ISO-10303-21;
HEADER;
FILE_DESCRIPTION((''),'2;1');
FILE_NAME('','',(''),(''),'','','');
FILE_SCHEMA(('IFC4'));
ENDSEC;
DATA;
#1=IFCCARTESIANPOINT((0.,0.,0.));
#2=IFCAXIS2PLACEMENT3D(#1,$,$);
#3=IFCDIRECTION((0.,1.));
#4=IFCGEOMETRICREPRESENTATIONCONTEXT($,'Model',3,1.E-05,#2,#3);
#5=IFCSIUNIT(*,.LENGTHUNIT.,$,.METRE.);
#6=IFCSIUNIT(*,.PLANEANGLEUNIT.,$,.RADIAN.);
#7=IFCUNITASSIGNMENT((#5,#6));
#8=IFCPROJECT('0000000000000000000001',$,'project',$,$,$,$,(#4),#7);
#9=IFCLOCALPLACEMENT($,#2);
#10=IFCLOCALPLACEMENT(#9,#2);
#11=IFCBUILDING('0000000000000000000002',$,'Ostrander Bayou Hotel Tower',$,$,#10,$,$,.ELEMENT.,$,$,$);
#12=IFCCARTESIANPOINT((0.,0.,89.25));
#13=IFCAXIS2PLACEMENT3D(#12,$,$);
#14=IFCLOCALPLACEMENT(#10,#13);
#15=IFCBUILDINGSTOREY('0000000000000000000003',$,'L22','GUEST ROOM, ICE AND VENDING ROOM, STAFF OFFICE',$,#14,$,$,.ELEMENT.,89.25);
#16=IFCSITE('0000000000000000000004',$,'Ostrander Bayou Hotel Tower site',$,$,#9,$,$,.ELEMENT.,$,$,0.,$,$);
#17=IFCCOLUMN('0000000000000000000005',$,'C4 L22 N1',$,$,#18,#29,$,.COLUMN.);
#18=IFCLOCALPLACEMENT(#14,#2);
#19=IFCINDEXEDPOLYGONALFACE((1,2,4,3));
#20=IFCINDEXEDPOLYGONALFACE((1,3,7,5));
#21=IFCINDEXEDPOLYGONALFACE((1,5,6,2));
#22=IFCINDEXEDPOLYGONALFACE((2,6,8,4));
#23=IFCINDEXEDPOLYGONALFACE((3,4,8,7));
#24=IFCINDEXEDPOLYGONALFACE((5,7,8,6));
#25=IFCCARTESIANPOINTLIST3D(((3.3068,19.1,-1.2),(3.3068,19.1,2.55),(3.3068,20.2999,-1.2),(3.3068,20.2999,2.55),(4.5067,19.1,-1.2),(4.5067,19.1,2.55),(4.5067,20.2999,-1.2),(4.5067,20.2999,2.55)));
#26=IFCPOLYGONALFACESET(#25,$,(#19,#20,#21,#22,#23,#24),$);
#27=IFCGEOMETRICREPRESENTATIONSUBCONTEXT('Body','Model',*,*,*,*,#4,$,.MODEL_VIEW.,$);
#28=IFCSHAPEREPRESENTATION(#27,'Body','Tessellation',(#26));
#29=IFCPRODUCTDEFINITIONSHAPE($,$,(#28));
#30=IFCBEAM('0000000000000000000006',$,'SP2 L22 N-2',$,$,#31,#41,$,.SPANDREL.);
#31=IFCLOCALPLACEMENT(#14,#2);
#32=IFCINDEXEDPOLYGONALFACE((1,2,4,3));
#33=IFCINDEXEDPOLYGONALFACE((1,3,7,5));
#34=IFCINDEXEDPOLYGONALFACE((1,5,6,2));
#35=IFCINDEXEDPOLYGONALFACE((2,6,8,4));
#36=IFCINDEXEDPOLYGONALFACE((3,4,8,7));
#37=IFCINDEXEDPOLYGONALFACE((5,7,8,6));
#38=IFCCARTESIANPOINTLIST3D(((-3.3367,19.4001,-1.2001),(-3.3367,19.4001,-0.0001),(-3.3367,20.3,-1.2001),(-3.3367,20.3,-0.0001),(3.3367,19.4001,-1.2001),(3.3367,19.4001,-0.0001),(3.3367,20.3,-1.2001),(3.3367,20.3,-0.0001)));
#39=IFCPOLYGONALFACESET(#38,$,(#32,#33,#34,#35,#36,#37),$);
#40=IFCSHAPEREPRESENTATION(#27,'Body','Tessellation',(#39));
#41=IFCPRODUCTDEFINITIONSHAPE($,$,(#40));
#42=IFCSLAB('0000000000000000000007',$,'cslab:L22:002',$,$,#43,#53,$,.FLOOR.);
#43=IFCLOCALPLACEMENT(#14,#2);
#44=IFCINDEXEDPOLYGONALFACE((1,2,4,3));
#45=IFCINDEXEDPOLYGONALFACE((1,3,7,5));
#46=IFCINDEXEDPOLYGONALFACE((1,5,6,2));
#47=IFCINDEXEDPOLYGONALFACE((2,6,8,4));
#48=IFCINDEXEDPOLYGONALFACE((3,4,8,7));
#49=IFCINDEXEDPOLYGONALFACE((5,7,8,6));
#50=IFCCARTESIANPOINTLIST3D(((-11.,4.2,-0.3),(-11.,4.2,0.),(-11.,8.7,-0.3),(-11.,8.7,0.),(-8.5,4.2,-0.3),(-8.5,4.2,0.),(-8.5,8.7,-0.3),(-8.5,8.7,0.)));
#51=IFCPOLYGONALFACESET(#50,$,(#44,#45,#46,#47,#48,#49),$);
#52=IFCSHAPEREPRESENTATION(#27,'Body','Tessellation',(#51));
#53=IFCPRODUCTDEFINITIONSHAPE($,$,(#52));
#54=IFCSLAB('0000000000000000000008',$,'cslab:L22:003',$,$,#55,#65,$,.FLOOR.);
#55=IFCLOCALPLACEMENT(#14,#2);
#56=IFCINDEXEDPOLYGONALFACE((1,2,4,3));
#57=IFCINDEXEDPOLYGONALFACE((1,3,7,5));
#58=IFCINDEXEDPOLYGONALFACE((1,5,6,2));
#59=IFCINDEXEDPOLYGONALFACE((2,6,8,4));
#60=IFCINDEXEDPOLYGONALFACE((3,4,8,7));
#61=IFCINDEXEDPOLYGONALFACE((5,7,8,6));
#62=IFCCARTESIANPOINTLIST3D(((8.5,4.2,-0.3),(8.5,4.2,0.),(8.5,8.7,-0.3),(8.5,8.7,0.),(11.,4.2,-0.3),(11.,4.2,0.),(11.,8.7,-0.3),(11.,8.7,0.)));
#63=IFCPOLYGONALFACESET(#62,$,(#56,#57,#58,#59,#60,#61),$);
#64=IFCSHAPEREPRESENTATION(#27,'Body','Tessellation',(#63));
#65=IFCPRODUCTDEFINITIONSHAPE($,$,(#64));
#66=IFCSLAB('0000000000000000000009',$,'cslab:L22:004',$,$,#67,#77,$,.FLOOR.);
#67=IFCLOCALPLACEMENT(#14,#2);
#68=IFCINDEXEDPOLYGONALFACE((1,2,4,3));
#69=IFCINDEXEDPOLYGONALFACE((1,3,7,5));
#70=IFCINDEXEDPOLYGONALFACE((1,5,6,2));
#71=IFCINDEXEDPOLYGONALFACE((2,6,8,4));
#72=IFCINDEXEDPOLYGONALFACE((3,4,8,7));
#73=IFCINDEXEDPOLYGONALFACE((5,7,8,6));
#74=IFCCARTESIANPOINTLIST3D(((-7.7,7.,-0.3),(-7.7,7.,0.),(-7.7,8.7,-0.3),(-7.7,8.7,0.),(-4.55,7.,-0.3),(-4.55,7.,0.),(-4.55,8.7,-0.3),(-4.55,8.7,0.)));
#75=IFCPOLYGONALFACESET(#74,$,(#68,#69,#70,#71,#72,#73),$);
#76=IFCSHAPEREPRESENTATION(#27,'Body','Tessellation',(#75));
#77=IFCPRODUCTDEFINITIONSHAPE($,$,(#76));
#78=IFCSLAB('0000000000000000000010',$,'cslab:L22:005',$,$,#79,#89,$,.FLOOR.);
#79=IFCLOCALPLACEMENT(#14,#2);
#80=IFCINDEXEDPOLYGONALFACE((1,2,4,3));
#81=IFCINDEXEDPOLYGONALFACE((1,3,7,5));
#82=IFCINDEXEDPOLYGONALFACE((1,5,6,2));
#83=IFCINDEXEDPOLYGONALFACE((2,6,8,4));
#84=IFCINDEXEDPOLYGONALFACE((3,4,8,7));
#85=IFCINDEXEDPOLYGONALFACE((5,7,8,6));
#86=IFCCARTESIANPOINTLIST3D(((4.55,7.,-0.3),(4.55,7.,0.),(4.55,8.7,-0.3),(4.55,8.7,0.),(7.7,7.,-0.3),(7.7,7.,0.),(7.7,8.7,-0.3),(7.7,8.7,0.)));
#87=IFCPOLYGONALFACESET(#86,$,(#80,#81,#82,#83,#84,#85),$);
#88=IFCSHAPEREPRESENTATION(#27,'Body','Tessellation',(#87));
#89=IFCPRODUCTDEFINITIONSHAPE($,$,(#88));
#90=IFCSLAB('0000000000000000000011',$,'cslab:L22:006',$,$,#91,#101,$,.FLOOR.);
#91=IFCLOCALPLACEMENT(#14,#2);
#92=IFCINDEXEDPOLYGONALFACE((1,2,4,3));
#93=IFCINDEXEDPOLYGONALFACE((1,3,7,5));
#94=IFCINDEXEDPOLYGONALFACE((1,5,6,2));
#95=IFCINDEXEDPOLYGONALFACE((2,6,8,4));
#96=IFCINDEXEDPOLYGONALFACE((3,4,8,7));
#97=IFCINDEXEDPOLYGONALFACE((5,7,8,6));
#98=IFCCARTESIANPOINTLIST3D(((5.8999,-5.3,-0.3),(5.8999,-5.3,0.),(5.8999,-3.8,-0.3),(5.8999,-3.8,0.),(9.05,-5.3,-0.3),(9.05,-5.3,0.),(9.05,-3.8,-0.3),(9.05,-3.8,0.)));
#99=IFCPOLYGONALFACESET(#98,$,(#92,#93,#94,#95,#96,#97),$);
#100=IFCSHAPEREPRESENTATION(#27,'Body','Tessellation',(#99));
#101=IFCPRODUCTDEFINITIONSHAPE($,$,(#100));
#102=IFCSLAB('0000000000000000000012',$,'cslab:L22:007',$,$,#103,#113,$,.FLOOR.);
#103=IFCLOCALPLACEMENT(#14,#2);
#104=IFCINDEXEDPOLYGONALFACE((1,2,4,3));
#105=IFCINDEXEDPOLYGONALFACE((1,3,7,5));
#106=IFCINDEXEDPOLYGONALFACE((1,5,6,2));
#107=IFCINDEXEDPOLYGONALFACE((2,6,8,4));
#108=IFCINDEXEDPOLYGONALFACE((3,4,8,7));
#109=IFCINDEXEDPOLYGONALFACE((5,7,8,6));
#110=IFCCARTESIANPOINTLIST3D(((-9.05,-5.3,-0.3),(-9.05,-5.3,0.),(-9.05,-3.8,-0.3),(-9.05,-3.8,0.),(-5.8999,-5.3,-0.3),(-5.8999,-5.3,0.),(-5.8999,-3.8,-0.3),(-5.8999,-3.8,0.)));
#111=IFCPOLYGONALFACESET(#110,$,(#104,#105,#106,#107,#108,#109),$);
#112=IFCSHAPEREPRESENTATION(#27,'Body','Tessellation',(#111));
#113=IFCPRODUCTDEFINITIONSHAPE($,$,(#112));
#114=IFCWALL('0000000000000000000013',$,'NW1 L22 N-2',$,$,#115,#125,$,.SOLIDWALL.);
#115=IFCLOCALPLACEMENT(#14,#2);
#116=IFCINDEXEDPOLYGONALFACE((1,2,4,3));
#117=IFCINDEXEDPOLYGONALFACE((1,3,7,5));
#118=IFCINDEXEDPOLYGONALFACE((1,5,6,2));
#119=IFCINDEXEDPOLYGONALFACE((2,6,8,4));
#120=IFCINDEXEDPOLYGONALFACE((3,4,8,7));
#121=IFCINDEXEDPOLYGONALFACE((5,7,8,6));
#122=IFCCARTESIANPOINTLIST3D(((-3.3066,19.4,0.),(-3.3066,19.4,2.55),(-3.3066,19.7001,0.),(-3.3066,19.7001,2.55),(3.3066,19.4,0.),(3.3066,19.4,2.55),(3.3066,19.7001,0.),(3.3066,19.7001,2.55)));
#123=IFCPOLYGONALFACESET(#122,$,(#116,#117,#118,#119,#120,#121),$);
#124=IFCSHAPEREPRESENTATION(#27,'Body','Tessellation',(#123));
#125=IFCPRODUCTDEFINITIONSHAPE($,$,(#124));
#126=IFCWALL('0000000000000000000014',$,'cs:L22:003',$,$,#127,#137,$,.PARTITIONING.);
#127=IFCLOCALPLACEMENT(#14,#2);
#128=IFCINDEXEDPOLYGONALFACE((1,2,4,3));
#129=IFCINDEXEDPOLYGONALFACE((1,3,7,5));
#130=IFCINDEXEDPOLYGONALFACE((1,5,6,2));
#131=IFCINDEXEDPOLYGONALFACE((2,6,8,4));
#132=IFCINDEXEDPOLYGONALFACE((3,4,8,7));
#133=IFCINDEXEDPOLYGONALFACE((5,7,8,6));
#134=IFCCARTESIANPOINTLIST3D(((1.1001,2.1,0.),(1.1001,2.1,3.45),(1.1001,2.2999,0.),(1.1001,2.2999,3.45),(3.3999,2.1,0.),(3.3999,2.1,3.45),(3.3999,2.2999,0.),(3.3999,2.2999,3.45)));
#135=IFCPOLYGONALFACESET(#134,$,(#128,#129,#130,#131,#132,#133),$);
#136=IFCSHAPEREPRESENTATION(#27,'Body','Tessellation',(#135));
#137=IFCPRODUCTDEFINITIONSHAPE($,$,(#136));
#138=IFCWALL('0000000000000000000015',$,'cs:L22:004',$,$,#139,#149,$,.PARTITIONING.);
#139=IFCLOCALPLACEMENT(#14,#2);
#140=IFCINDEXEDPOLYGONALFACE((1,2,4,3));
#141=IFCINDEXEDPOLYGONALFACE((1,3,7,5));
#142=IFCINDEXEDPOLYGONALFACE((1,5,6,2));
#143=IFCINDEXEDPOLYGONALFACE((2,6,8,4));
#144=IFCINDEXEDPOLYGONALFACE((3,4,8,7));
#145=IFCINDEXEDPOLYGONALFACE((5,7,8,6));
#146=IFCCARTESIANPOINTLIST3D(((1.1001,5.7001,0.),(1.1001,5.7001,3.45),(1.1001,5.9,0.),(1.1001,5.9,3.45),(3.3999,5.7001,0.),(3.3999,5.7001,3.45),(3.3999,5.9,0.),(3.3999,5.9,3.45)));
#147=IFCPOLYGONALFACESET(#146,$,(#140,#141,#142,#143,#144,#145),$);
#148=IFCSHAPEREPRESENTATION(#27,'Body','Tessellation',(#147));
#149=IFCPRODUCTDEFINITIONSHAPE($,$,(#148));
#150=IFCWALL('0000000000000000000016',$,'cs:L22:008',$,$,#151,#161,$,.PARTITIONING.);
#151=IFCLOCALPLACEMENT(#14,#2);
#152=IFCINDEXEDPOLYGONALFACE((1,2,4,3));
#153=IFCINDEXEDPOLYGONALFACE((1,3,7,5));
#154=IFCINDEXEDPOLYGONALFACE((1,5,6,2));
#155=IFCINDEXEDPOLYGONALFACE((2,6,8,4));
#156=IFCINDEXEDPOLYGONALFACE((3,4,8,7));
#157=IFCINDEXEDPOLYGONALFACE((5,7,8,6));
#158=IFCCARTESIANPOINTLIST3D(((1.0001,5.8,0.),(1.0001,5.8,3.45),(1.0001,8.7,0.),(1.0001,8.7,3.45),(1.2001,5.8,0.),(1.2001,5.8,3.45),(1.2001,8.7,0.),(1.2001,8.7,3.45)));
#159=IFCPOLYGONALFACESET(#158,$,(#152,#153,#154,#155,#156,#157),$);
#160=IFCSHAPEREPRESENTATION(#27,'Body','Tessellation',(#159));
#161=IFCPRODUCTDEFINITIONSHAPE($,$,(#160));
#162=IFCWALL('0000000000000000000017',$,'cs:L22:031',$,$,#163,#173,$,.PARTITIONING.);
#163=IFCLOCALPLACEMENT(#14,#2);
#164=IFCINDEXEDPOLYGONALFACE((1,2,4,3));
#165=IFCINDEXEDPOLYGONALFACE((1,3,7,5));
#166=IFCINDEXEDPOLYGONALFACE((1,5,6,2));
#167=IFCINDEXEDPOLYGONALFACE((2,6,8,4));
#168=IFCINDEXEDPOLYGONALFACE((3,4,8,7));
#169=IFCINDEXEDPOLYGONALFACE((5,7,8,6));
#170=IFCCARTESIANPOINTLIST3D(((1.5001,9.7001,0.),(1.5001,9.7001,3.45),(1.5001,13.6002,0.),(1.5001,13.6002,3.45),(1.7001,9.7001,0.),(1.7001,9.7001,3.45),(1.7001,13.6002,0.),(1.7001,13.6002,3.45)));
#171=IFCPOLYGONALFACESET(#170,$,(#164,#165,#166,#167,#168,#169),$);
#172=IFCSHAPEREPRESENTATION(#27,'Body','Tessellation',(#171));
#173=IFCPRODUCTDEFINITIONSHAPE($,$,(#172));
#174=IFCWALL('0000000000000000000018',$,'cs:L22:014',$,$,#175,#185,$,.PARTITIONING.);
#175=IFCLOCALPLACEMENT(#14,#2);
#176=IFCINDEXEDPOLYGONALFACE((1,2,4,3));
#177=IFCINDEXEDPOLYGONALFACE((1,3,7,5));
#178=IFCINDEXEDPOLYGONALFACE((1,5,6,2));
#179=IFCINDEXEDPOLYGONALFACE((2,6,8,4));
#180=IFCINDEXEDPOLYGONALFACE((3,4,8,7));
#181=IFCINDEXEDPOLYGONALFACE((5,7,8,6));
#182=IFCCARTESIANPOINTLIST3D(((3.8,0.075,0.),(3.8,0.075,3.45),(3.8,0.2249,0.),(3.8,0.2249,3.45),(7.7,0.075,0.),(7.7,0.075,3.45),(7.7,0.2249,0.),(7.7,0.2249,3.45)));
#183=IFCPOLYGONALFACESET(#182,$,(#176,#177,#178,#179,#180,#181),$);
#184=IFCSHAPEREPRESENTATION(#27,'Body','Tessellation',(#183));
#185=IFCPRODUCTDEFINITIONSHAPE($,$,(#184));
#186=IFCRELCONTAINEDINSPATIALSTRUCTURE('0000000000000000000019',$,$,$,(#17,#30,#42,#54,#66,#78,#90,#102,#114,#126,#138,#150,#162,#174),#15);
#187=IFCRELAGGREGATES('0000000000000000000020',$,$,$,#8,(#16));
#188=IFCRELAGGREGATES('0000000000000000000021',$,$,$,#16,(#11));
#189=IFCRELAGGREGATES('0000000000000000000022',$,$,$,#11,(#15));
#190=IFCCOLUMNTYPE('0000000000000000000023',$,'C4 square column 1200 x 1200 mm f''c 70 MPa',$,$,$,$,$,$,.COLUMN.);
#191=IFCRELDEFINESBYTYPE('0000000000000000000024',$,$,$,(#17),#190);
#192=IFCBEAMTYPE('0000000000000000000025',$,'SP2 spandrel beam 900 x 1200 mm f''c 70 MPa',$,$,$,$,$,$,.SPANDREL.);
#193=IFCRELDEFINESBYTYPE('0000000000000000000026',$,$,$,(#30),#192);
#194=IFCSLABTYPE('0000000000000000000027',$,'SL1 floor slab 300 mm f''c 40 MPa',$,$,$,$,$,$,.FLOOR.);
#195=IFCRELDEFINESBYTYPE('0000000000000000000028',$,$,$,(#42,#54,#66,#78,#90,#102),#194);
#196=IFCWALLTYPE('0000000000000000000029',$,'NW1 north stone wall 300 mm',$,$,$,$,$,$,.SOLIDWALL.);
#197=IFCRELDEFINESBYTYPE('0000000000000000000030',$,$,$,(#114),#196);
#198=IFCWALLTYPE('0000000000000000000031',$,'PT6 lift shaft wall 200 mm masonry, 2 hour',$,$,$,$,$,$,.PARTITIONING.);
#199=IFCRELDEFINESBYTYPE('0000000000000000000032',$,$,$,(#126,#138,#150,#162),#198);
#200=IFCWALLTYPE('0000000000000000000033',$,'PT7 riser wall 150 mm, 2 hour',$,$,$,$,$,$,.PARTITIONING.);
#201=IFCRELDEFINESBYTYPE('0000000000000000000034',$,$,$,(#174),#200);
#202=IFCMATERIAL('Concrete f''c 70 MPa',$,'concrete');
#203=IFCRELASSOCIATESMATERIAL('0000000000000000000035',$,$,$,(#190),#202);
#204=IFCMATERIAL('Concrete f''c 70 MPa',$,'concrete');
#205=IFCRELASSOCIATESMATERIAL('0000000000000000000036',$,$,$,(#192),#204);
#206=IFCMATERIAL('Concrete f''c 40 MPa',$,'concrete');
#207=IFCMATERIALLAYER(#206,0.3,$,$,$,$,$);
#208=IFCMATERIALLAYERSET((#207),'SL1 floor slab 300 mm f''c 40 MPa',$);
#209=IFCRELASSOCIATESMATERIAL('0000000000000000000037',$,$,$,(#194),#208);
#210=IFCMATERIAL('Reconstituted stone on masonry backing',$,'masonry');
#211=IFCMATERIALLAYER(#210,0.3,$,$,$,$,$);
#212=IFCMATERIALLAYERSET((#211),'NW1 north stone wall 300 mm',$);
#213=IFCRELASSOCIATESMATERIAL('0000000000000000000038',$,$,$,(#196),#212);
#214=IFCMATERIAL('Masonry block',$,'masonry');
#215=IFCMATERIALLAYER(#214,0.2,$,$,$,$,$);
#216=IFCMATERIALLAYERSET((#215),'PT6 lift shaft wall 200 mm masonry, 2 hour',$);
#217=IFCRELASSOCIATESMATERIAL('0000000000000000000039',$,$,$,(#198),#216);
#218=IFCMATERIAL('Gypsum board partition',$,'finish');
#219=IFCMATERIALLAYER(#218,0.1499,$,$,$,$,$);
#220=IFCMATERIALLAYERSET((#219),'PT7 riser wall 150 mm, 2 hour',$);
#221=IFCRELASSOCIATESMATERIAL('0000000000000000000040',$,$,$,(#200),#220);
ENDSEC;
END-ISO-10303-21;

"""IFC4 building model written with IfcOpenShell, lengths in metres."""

from ifc_helpers import new_model, si_unit, direction, frame, frame_2d, origin, origin_2d, place, context, subcontext, project, spatial, polyline, rectangle, outline, extrude, material, layer, layer_set, material_profile, profile_set, type_object, element, save


model = new_model("IFC4")

# Units and contexts
model_context = context("Model", 3, precision=1e-05, world=origin(), true_north=direction((0.0, 1.0)))
body_context = subcontext(model_context, "Body", "Model", "MODEL_VIEW")
ifc_project = project(units=[si_unit("LENGTHUNIT", "METRE"), si_unit("PLANEANGLEUNIT", "RADIAN")], contexts=[model_context])

# Site, building, storey
site_placement = place(None, origin())
site = spatial("IfcSite", under=ifc_project, at=site_placement, Name="Ostrander Bayou Hotel Tower site", CompositionType="ELEMENT", RefElevation=0.0)
building_placement = place(site_placement, origin())
building = spatial("IfcBuilding", under=site, at=building_placement, Name="Ostrander Bayou Hotel Tower", CompositionType="ELEMENT")
storey_placement = place(building_placement, frame((0.0, 0.0, 89.25)))
storey = spatial("IfcBuildingStorey", under=building, at=storey_placement, Name="L22", Description="GUEST ROOM, ICE AND VENDING ROOM, STAFF OFFICE", CompositionType="ELEMENT", Elevation=89.25)

# Column
ifc_material_1 = material(Name="Concrete f'c 70 MPa", Category="concrete")
ifc_material_profile_1 = material_profile(ifc_material_1, rectangle(XDim=1.2, YDim=1.2, at=origin_2d()))
ifc_profile_set_1 = profile_set([ifc_material_profile_1], Name="Concrete f'c 70 MPa")
column_type = type_object("IfcColumnType", Name="C4 square column 1200 x 1200 mm f'c 70 MPa", PredefinedType="COLUMN", material=ifc_profile_set_1)
column_placement = place(storey_placement, frame((3.9067, 19.7, -1.2), z_axis=(0.0, 0.0, 1.0), x_axis=(1.0, 0.0, 0.0)))
element("IfcColumn", 1, at=column_placement, inside=storey, type_object=column_type, Name="C4 L22 N1", PredefinedType="COLUMN", context=body_context, shape_type="SweptSolid", body=[
    extrude(rectangle(XDim=1.2, YDim=1.2, at=origin_2d()), origin(), (0.0, 0.0, 1.0), 3.75),
])

# Beam
ifc_material_2 = material(Name="Concrete f'c 70 MPa", Category="concrete")
ifc_material_profile_2 = material_profile(ifc_material_2, rectangle(XDim=0.8999, YDim=1.2, at=origin_2d()))
ifc_profile_set_2 = profile_set([ifc_material_profile_2], Name="Concrete f'c 70 MPa")
beam_type = type_object("IfcBeamType", Name="SP2 spandrel beam 900 x 1200 mm f'c 70 MPa", PredefinedType="SPANDREL", material=ifc_profile_set_2)
beam_placement = place(storey_placement, frame((3.3367, 19.8501, -0.6001), z_axis=(-1.0, 0.0, 0.0), x_axis=(0.0, -1.0, 0.0)))
element("IfcBeam", 2, at=beam_placement, inside=storey, type_object=beam_type, Name="SP2 L22 N-2", PredefinedType="SPANDREL", context=body_context, shape_type="SweptSolid", body=[
    extrude(rectangle(XDim=0.8999, YDim=1.2, at=origin_2d()), origin(), (0.0, 0.0, 1.0), 6.6733),
])

# Slabs
ifc_material_3 = material(Name="Concrete f'c 40 MPa", Category="concrete")
ifc_layer_1 = layer(ifc_material_3, 0.3)
ifc_layer_set_1 = layer_set([ifc_layer_1], Name="SL1 floor slab 300 mm f'c 40 MPa")
slab_type = type_object("IfcSlabType", Name="SL1 floor slab 300 mm f'c 40 MPa", PredefinedType="FLOOR", material=ifc_layer_set_1)
slab_1_placement = place(storey_placement, frame((0.0, 0.0, -0.3)))
element("IfcSlab", 3, at=slab_1_placement, inside=storey, type_object=slab_type, Name="cslab:L22:002", PredefinedType="FLOOR", context=body_context, shape_type="SweptSolid", body=[
    extrude(outline(polyline([(-8.5, 4.2), (-8.5, 8.7), (-11.0, 8.7), (-11.0, 4.2), (-8.5, 4.2)])), origin(), (0.0, 0.0, 1.0), 0.3),
])
slab_2_placement = place(storey_placement, frame((0.0, 0.0, -0.3)))
element("IfcSlab", 4, at=slab_2_placement, inside=storey, type_object=slab_type, Name="cslab:L22:003", PredefinedType="FLOOR", context=body_context, shape_type="SweptSolid", body=[
    extrude(outline(polyline([(11.0, 4.2), (11.0, 8.7), (8.5, 8.7), (8.5, 4.2), (11.0, 4.2)])), origin(), (0.0, 0.0, 1.0), 0.3),
])
slab_3_placement = place(storey_placement, frame((0.0, 0.0, -0.3)))
element("IfcSlab", 5, at=slab_3_placement, inside=storey, type_object=slab_type, Name="cslab:L22:004", PredefinedType="FLOOR", context=body_context, shape_type="SweptSolid", body=[
    extrude(outline(polyline([(-4.55, 7.0), (-4.55, 8.7), (-7.7, 8.7), (-7.7, 7.0), (-4.55, 7.0)])), origin(), (0.0, 0.0, 1.0), 0.3),
])
slab_4_placement = place(storey_placement, frame((0.0, 0.0, -0.3)))
element("IfcSlab", 6, at=slab_4_placement, inside=storey, type_object=slab_type, Name="cslab:L22:005", PredefinedType="FLOOR", context=body_context, shape_type="SweptSolid", body=[
    extrude(outline(polyline([(7.7, 7.0), (7.7, 8.7), (4.55, 8.7), (4.55, 7.0), (7.7, 7.0)])), origin(), (0.0, 0.0, 1.0), 0.3),
])
slab_5_placement = place(storey_placement, frame((0.0, 0.0, -0.3)))
element("IfcSlab", 7, at=slab_5_placement, inside=storey, type_object=slab_type, Name="cslab:L22:006", PredefinedType="FLOOR", context=body_context, shape_type="SweptSolid", body=[
    extrude(outline(polyline([(9.05, -5.3), (9.05, -3.8), (5.8999, -3.8), (5.8999, -5.3), (9.05, -5.3)])), origin(), (0.0, 0.0, 1.0), 0.3),
])
slab_6_placement = place(storey_placement, frame((0.0, 0.0, -0.3)))
element("IfcSlab", 8, at=slab_6_placement, inside=storey, type_object=slab_type, Name="cslab:L22:007", PredefinedType="FLOOR", context=body_context, shape_type="SweptSolid", body=[
    extrude(outline(polyline([(-5.8999, -5.3), (-5.8999, -3.8), (-9.05, -3.8), (-9.05, -5.3), (-5.8999, -5.3)])), origin(), (0.0, 0.0, 1.0), 0.3),
])

# Wall
ifc_material_4 = material(Name="Reconstituted stone on masonry backing", Category="masonry")
ifc_layer_2 = layer(ifc_material_4, 0.3)
ifc_layer_set_2 = layer_set([ifc_layer_2], Name="NW1 north stone wall 300 mm")
wall_type_1 = type_object("IfcWallType", Name="NW1 north stone wall 300 mm", PredefinedType="SOLIDWALL", material=ifc_layer_set_2)
wall_1_placement = place(storey_placement, frame((3.3066, 19.55, 0.0), z_axis=(0.0, 0.0, 1.0), x_axis=(-1.0, 0.0, 0.0)))
element("IfcWall", 9, at=wall_1_placement, inside=storey, type_object=wall_type_1, Name="NW1 L22 N-2", PredefinedType="SOLIDWALL", context=body_context, shape_type="SweptSolid", body=[
    extrude(rectangle(XDim=6.6133, YDim=0.3, at=frame_2d((3.3066, 0.0))), origin(), (0.0, 0.0, 1.0), 2.55),
])

# Walls
ifc_material_5 = material(Name="Masonry block", Category="masonry")
ifc_layer_3 = layer(ifc_material_5, 0.2)
ifc_layer_set_3 = layer_set([ifc_layer_3], Name="PT6 lift shaft wall 200 mm masonry, 2 hour")
wall_type_2 = type_object("IfcWallType", Name="PT6 lift shaft wall 200 mm masonry, 2 hour", PredefinedType="PARTITIONING", material=ifc_layer_set_3)
for number, where, z_axis, x_axis, name in (
    (10, (1.1001, 2.2, 0.0), (0.0, 0.0, 1.0), (1.0, 0.0, 0.0), "cs:L22:003"),
    (11, (1.1001, 5.8, 0.0), (0.0, 0.0, 1.0), (1.0, 0.0, 0.0), "cs:L22:004"),
):
    element("IfcWall", number, at=place(storey_placement, frame(where, z_axis=z_axis, x_axis=x_axis)), inside=storey, type_object=wall_type_2, Name=name, PredefinedType="PARTITIONING", context=body_context, shape_type="SweptSolid", body=[
        extrude(rectangle(XDim=2.2998, YDim=0.2, at=frame_2d((1.1499, 0.0))), origin(), (0.0, 0.0, 1.0), 3.45),
    ])
wall_2_placement = place(storey_placement, frame((1.1001, 5.8, 0.0), z_axis=(0.0, 0.0, 1.0), x_axis=(0.0, 1.0, 0.0)))
element("IfcWall", 12, at=wall_2_placement, inside=storey, type_object=wall_type_2, Name="cs:L22:008", PredefinedType="PARTITIONING", context=body_context, shape_type="SweptSolid", body=[
    extrude(rectangle(XDim=2.8999, YDim=0.2, at=frame_2d((1.45, 0.0))), origin(), (0.0, 0.0, 1.0), 3.45),
])
wall_3_placement = place(storey_placement, frame((1.6001, 9.7, 0.0), z_axis=(0.0, 0.0, 1.0), x_axis=(0.0, 1.0, 0.0)))
element("IfcWall", 13, at=wall_3_placement, inside=storey, type_object=wall_type_2, Name="cs:L22:031", PredefinedType="PARTITIONING", context=body_context, shape_type="SweptSolid", body=[
    extrude(rectangle(XDim=3.9001, YDim=0.2, at=frame_2d((1.9502, 0.0))), origin(), (0.0, 0.0, 1.0), 3.45),
])
ifc_material_6 = material(Name="Gypsum board partition", Category="finish")
ifc_layer_4 = layer(ifc_material_6, 0.1499)
ifc_layer_set_4 = layer_set([ifc_layer_4], Name="PT7 riser wall 150 mm, 2 hour")
wall_type_3 = type_object("IfcWallType", Name="PT7 riser wall 150 mm, 2 hour", PredefinedType="PARTITIONING", material=ifc_layer_set_4)
wall_4_placement = place(storey_placement, frame((3.8, 0.1499, 0.0), z_axis=(0.0, 0.0, 1.0), x_axis=(1.0, 0.0, 0.0)))
element("IfcWall", 14, at=wall_4_placement, inside=storey, type_object=wall_type_3, Name="cs:L22:014", PredefinedType="PARTITIONING", context=body_context, shape_type="SweptSolid", body=[
    extrude(rectangle(XDim=3.8999, YDim=0.1499, at=frame_2d((1.95, 0.0))), origin(), (0.0, 0.0, 1.0), 3.45),
])

save(model, "model.ifc")
